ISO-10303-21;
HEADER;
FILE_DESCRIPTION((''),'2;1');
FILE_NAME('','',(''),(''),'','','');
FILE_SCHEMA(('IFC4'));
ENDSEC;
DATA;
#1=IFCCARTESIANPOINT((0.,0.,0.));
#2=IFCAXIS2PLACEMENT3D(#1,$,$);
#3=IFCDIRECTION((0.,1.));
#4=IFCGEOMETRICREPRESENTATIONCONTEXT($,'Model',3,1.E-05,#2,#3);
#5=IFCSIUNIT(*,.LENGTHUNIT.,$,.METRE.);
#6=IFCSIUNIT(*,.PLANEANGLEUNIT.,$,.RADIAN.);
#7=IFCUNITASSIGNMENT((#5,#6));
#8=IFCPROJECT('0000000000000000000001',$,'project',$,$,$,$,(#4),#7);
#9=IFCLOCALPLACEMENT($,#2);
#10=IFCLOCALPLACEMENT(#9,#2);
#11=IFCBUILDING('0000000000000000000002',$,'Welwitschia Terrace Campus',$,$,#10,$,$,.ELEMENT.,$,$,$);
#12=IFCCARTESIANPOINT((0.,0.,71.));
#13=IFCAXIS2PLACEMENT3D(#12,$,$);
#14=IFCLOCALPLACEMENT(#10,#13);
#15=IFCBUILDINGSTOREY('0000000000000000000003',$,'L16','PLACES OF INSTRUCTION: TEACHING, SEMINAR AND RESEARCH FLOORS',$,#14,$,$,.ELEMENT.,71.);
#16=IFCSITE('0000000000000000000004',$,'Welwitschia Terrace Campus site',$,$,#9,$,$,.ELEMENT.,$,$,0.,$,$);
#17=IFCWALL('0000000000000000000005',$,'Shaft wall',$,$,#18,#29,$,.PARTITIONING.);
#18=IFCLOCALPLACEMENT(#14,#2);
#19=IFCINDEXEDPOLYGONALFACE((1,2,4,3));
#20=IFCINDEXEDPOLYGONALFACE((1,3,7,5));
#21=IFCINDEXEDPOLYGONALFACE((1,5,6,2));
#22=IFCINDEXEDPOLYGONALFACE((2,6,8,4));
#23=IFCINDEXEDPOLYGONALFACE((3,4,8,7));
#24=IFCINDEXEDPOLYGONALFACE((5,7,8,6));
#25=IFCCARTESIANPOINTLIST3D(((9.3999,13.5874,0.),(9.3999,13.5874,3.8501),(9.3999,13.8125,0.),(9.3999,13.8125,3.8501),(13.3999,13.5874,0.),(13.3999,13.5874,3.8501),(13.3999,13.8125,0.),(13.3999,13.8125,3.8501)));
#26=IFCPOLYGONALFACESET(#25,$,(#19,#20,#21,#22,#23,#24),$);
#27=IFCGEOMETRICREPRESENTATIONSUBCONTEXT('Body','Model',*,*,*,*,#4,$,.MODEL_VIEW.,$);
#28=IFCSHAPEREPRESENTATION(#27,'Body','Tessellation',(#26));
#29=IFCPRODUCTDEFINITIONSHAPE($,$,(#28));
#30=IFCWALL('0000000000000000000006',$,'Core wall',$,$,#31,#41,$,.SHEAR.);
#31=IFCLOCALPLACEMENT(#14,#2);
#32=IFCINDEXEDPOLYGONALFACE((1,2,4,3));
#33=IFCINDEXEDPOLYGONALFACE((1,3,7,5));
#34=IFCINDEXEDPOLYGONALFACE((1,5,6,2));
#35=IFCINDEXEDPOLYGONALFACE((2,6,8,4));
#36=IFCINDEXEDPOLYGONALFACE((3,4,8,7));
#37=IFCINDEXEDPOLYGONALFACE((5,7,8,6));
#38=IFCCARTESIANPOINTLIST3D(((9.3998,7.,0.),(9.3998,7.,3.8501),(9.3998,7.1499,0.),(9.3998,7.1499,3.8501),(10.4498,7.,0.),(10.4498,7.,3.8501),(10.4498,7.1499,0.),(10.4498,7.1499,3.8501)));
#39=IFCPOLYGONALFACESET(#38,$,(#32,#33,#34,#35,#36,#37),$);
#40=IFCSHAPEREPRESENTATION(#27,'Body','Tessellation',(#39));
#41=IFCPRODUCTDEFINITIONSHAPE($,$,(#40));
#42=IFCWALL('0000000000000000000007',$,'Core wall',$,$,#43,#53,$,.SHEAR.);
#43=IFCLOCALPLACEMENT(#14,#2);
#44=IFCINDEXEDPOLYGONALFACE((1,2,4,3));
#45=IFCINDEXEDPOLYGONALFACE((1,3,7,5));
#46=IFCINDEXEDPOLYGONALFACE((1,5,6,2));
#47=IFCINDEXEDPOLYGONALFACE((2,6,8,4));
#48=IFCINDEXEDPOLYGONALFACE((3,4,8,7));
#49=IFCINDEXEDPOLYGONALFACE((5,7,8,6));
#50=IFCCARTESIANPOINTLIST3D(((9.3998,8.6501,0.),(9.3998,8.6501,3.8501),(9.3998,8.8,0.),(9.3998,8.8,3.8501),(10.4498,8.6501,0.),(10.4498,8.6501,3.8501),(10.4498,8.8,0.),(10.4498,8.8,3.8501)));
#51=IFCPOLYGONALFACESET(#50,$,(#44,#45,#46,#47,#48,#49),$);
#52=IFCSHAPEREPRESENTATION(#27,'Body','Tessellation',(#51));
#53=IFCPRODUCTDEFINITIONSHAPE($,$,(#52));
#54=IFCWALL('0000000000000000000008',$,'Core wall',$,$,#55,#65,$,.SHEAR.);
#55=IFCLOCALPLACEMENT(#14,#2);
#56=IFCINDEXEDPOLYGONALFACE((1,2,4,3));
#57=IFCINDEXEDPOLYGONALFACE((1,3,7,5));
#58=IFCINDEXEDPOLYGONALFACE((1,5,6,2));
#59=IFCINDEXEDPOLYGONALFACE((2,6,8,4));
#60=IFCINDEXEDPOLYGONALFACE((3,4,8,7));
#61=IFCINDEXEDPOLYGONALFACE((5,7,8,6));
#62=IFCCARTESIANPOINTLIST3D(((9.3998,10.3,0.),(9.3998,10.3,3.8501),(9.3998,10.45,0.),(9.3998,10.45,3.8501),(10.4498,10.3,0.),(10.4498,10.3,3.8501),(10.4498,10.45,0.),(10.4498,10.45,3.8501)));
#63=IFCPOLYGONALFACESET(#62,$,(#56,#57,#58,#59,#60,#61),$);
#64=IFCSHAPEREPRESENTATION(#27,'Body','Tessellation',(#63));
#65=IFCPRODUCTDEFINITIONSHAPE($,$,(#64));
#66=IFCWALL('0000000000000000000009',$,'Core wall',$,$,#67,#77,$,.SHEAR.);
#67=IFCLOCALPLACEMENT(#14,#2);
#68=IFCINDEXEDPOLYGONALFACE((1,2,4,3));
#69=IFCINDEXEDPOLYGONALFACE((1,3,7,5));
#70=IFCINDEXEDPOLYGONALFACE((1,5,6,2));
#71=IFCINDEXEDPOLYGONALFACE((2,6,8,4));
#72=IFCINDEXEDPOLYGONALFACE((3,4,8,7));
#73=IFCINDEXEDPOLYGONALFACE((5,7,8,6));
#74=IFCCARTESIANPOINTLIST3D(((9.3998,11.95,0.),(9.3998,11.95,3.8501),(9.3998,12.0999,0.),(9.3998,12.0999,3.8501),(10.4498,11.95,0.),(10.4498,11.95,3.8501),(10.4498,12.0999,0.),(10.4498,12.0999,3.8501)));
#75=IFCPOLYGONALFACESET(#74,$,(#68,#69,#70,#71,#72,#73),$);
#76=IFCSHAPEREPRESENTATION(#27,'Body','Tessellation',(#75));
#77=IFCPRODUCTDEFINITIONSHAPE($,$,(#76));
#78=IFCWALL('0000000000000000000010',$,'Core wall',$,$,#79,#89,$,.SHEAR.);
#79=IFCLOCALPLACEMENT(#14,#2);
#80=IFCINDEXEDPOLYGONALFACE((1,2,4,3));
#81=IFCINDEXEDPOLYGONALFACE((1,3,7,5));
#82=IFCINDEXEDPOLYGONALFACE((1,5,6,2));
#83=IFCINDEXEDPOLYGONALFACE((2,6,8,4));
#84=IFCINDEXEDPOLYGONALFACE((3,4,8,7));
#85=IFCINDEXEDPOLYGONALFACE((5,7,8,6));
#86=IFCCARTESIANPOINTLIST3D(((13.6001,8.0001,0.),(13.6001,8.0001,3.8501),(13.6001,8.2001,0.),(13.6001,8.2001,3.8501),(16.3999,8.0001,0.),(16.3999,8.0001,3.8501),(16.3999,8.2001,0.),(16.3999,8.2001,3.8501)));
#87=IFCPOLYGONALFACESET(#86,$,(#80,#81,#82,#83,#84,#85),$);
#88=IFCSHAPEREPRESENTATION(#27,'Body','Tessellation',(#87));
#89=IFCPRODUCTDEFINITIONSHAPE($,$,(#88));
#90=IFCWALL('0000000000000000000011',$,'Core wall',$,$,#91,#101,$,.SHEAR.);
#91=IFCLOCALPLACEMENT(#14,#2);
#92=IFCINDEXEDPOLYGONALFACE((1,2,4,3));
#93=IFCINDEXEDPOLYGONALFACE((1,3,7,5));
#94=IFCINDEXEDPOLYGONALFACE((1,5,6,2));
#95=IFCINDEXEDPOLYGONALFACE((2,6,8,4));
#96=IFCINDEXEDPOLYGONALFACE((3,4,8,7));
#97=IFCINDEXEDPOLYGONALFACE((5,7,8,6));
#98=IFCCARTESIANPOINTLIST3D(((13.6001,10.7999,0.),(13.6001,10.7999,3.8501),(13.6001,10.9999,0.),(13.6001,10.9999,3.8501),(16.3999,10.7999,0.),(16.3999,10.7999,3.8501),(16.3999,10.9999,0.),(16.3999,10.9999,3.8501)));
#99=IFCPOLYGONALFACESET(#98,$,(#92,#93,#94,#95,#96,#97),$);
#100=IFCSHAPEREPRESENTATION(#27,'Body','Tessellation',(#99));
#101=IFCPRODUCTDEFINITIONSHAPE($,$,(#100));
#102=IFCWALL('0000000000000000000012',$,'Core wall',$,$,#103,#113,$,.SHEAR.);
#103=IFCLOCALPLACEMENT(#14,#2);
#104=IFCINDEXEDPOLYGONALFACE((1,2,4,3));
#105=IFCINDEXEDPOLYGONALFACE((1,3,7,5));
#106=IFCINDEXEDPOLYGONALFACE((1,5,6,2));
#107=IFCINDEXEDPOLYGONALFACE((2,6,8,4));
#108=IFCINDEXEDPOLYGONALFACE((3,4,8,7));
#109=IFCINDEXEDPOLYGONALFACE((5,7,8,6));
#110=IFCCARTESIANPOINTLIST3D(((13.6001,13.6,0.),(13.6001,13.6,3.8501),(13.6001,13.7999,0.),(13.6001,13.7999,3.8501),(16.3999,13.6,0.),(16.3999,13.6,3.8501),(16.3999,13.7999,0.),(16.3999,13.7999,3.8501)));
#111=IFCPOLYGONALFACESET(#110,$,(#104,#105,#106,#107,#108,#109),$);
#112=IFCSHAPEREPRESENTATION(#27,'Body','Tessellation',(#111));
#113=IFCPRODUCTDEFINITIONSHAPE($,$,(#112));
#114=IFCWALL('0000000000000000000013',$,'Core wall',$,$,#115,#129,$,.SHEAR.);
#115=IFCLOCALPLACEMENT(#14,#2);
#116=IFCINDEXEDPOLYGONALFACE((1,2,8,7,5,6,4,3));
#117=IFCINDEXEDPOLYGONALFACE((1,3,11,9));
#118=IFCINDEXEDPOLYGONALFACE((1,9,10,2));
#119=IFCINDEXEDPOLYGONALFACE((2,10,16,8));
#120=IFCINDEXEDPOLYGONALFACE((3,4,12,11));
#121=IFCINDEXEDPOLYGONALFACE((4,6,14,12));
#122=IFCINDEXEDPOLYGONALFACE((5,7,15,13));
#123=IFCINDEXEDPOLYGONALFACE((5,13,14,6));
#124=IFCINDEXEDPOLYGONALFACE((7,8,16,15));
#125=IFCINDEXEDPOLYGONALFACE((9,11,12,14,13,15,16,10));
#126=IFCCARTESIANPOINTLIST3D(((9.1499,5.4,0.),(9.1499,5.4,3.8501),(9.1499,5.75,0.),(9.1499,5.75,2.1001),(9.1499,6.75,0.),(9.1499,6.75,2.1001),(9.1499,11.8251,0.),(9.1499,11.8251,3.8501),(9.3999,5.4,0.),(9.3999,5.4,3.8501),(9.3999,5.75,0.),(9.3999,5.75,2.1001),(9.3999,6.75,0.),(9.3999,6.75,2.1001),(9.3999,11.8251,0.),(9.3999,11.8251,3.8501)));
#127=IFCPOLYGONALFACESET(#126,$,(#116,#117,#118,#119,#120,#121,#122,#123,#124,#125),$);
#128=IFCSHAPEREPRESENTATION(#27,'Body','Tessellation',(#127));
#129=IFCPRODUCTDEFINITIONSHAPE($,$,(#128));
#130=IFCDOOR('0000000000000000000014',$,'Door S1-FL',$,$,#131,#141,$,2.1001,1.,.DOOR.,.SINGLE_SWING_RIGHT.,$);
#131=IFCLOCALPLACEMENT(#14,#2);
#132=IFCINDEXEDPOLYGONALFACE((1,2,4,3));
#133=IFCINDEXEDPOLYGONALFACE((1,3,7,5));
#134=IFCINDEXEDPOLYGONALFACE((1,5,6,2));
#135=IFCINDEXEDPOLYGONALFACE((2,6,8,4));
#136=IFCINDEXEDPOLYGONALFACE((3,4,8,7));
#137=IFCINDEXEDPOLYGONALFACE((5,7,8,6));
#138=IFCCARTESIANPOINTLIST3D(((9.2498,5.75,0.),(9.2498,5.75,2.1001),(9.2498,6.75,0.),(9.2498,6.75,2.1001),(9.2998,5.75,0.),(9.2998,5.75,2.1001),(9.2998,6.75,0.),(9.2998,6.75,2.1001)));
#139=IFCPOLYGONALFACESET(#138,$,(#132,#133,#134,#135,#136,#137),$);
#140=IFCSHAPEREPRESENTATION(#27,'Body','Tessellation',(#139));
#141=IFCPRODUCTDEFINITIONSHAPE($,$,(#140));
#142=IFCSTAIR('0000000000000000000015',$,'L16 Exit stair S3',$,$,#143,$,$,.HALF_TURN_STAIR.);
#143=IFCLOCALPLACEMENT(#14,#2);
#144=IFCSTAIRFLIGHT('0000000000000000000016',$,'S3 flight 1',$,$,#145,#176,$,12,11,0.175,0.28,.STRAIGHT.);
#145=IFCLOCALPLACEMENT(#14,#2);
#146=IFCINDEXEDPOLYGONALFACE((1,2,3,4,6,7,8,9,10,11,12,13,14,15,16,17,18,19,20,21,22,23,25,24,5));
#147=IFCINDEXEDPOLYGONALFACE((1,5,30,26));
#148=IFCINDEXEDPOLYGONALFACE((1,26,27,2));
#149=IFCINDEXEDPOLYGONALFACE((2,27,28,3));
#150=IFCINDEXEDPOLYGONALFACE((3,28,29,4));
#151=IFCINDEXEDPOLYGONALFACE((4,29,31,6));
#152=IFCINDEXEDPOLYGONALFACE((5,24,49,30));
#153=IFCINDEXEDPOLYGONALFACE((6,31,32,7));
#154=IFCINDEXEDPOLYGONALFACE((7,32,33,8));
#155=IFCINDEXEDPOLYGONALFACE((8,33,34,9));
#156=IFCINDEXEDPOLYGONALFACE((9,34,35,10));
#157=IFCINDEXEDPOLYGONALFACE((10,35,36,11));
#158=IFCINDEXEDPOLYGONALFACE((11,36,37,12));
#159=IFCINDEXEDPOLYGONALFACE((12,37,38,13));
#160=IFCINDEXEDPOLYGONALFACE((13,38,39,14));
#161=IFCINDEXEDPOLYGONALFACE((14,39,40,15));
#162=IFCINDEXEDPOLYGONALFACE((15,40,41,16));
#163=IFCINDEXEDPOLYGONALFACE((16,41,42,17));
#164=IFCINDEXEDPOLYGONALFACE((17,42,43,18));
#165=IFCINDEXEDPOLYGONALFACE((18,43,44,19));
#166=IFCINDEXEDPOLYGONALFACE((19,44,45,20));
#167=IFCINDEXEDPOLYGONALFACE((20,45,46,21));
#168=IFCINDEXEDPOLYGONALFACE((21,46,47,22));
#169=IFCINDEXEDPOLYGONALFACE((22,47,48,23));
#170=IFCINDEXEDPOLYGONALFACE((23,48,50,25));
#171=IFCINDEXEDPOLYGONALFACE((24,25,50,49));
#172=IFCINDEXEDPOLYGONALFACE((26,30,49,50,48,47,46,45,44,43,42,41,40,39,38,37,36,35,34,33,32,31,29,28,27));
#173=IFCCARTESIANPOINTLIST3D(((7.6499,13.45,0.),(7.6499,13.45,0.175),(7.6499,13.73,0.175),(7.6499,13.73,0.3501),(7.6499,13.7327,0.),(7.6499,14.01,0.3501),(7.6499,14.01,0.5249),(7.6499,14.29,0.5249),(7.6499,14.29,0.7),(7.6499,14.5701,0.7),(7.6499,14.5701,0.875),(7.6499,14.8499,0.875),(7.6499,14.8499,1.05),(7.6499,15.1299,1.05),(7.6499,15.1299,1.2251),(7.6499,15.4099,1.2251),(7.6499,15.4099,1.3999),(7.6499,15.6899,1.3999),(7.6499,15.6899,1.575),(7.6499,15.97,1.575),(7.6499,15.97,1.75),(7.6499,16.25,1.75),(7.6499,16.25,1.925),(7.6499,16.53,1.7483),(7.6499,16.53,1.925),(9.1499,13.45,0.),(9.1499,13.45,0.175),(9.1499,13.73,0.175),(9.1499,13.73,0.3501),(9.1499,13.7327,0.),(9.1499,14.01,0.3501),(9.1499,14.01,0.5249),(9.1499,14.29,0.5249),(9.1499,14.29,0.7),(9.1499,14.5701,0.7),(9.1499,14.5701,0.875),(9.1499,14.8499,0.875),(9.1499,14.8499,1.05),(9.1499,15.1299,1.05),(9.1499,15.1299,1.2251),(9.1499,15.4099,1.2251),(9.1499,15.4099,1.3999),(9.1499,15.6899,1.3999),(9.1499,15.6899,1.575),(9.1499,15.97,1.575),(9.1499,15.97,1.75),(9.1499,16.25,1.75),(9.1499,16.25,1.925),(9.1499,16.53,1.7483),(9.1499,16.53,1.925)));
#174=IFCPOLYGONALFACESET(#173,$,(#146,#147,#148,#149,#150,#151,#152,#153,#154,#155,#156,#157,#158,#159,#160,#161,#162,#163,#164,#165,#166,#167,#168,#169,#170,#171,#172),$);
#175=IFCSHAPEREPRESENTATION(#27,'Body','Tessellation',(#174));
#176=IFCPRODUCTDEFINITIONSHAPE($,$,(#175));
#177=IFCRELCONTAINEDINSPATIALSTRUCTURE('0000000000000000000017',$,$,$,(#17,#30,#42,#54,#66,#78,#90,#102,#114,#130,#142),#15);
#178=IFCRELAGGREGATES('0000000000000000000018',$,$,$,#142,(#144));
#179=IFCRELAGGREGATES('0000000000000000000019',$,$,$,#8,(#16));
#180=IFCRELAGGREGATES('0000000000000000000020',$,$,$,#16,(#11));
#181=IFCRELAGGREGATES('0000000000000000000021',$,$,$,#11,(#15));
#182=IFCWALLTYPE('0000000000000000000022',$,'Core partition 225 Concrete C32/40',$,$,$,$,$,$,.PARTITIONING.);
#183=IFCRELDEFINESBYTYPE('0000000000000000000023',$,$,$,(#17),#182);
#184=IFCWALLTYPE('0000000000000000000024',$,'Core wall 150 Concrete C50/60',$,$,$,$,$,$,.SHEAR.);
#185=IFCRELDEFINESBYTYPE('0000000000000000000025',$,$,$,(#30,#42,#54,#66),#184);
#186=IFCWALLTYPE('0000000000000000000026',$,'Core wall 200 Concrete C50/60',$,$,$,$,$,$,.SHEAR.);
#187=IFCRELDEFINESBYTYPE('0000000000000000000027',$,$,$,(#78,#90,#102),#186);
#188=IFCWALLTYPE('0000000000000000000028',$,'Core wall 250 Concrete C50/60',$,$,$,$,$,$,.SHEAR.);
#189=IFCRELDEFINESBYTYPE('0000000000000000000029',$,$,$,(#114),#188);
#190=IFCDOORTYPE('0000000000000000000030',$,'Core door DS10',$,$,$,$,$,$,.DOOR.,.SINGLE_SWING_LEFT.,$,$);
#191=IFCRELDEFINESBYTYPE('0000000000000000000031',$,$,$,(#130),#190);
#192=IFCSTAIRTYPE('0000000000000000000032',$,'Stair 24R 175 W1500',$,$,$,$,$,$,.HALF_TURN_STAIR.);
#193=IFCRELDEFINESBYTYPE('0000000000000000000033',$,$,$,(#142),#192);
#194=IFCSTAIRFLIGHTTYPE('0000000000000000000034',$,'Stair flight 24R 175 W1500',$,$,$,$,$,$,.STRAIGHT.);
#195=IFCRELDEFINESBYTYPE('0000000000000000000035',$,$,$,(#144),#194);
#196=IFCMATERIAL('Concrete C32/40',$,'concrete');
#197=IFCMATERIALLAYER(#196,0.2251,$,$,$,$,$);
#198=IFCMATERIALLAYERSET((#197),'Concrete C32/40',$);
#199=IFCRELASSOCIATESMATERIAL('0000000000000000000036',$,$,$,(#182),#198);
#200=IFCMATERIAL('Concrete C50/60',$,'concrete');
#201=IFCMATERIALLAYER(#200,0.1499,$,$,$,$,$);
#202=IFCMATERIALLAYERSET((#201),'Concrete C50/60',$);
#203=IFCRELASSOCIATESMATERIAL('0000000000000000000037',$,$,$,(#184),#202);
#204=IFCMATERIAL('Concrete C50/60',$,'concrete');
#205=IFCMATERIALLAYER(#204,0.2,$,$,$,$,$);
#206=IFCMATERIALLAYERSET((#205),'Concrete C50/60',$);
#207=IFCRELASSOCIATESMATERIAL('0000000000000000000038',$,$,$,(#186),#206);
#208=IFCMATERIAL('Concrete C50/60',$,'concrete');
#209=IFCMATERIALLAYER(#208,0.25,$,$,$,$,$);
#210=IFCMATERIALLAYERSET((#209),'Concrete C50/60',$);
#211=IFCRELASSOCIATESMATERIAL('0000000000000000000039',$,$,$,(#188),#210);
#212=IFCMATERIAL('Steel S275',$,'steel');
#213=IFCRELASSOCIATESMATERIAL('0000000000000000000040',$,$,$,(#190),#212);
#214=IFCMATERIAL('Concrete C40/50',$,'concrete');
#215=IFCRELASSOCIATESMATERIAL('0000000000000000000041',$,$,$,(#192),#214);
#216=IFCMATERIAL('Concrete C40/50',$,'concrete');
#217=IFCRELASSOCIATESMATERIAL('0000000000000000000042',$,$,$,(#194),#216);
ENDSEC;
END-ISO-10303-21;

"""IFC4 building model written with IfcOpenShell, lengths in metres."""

from ifc_helpers import new_model, si_unit, direction, frame, frame_2d, origin, place, context, subcontext, project, spatial, polyline, rectangle, outline, extrude, material, layer, layer_set, type_object, element, fill, aggregate, save


model = new_model("IFC4")

# Units and contexts
model_context = context("Model", 3, precision=1e-05, world=origin(), true_north=direction((0.0, 1.0)))
body_context = subcontext(model_context, "Body", "Model", "MODEL_VIEW")
ifc_project = project(units=[si_unit("LENGTHUNIT", "METRE"), si_unit("PLANEANGLEUNIT", "RADIAN")], contexts=[model_context])

# Site, building, storey
site_placement = place(None, origin())
site = spatial("IfcSite", under=ifc_project, at=site_placement, Name="Welwitschia Terrace Campus site", CompositionType="ELEMENT", RefElevation=0.0)
building_placement = place(site_placement, origin())
building = spatial("IfcBuilding", under=site, at=building_placement, Name="Welwitschia Terrace Campus", CompositionType="ELEMENT")
storey_placement = place(building_placement, frame((0.0, 0.0, 71.0)))
storey = spatial("IfcBuildingStorey", under=building, at=storey_placement, Name="L16", Description="PLACES OF INSTRUCTION: TEACHING, SEMINAR AND RESEARCH FLOORS", CompositionType="ELEMENT", Elevation=71.0)

# Walls
ifc_material_1 = material(Name="Concrete C32/40", Category="concrete")
ifc_layer_1 = layer(ifc_material_1, 0.2251)
ifc_layer_set_1 = layer_set([ifc_layer_1], Name="Concrete C32/40")
wall_type_1 = type_object("IfcWallType", Name="Core partition 225 Concrete C32/40", PredefinedType="PARTITIONING", material=ifc_layer_set_1)
wall_1_placement = place(storey_placement, frame((9.3999, 13.7, 0.0), z_axis=(0.0, 0.0, 1.0), x_axis=(1.0, 0.0, 0.0)))
element("IfcWall", 1, at=wall_1_placement, inside=storey, type_object=wall_type_1, Name="Shaft wall", PredefinedType="PARTITIONING", context=body_context, shape_type="SweptSolid", body=[
    extrude(rectangle(XDim=4.0, YDim=0.2251, at=frame_2d((2.0, 0.0))), origin(), (0.0, 0.0, 1.0), 3.8501),
])
ifc_material_2 = material(Name="Concrete C50/60", Category="concrete")
ifc_layer_2 = layer(ifc_material_2, 0.1499)
ifc_layer_set_2 = layer_set([ifc_layer_2], Name="Concrete C50/60")
wall_type_2 = type_object("IfcWallType", Name="Core wall 150 Concrete C50/60", PredefinedType="SHEAR", material=ifc_layer_set_2)
for number, where, z_axis, x_axis, name in (
    (2, (9.3999, 7.075, 0.0), (0.0, 0.0, 1.0), (1.0, 0.0, 0.0), "Core wall"),
    (3, (9.3999, 8.7251, 0.0), (0.0, 0.0, 1.0), (1.0, 0.0, 0.0), "Core wall"),
    (4, (9.3999, 10.375, 0.0), (0.0, 0.0, 1.0), (1.0, 0.0, 0.0), "Core wall"),
    (5, (9.3999, 12.0249, 0.0), (0.0, 0.0, 1.0), (1.0, 0.0, 0.0), "Core wall"),
):
    element("IfcWall", number, at=place(storey_placement, frame(where, z_axis=z_axis, x_axis=x_axis)), inside=storey, type_object=wall_type_2, Name=name, PredefinedType="SHEAR", context=body_context, shape_type="SweptSolid", body=[
        extrude(rectangle(XDim=1.05, YDim=0.1499, at=frame_2d((0.5249, 0.0))), origin(), (0.0, 0.0, 1.0), 3.8501),
    ])
ifc_material_3 = material(Name="Concrete C50/60", Category="concrete")
ifc_layer_3 = layer(ifc_material_3, 0.2)
ifc_layer_set_3 = layer_set([ifc_layer_3], Name="Concrete C50/60")
wall_type_3 = type_object("IfcWallType", Name="Core wall 200 Concrete C50/60", PredefinedType="SHEAR", material=ifc_layer_set_3)
for number, where, z_axis, x_axis, name in (
    (6, (13.6001, 8.1001, 0.0), (0.0, 0.0, 1.0), (1.0, 0.0, 0.0), "Core wall"),
    (7, (13.6001, 10.8999, 0.0), (0.0, 0.0, 1.0), (1.0, 0.0, 0.0), "Core wall"),
    (8, (13.6001, 13.7, 0.0), (0.0, 0.0, 1.0), (1.0, 0.0, 0.0), "Core wall"),
):
    element("IfcWall", number, at=place(storey_placement, frame(where, z_axis=z_axis, x_axis=x_axis)), inside=storey, type_object=wall_type_3, Name=name, PredefinedType="SHEAR", context=body_context, shape_type="SweptSolid", body=[
        extrude(rectangle(XDim=2.7998, YDim=0.2, at=frame_2d((1.3999, 0.0))), origin(), (0.0, 0.0, 1.0), 3.8501),
    ])

# Wall, opening, door
ifc_material_4 = material(Name="Concrete C50/60", Category="concrete")
ifc_layer_4 = layer(ifc_material_4, 0.25)
ifc_layer_set_4 = layer_set([ifc_layer_4], Name="Concrete C50/60")
wall_type_4 = type_object("IfcWallType", Name="Core wall 250 Concrete C50/60", PredefinedType="SHEAR", material=ifc_layer_set_4)
wall_2_placement = place(storey_placement, frame((9.2749, 11.825, 0.0), z_axis=(0.0, 0.0, 1.0), x_axis=(0.0, -1.0, 0.0)))
wall_2 = element("IfcWall", 9, at=wall_2_placement, inside=storey, type_object=wall_type_4, Name="Core wall", PredefinedType="SHEAR", context=body_context, shape_type="SweptSolid", body=[
    extrude(rectangle(XDim=6.425, YDim=0.25, at=frame_2d((3.2124, 0.0))), origin(), (0.0, 0.0, 1.0), 3.8501),
])
opening_placement = place(wall_2_placement, frame((5.075, 0.0, 0.0)))
opening = element("IfcOpeningElement", 10, at=opening_placement, cuts=wall_2, PredefinedType="OPENING", context=body_context, shape_type="SweptSolid", body=[
    extrude(rectangle(XDim=1.0, YDim=2.1001, at=frame_2d((0.5, 1.05))), frame((0.0, 0.135, 0.0), z_axis=(0.0, -1.0, 0.0), x_axis=(1.0, 0.0, 0.0)), (0.0, 0.0, 1.0), 0.27),
])
ifc_material_5 = material(Name="Steel S275", Category="steel")
door_type = type_object("IfcDoorType", Name="Core door DS10", OperationType="SINGLE_SWING_LEFT", PredefinedType="DOOR", material=ifc_material_5)
door_placement = place(opening_placement, origin())
door = element("IfcDoor", 11, at=door_placement, inside=storey, type_object=door_type, Name="Door S1-FL", OperationType="SINGLE_SWING_RIGHT", OverallHeight=2.1001, OverallWidth=1.0, PredefinedType="DOOR", context=body_context, shape_type="SweptSolid", body=[
    extrude(rectangle(XDim=1.0, YDim=2.1001, at=frame_2d((0.5, 1.05))), frame((0.0, 0.0249, 0.0), z_axis=(0.0, -1.0, 0.0), x_axis=(1.0, 0.0, 0.0)), (0.0, 0.0, 1.0), 0.05),
])
fill(opening, door)

# Stair, stair flight
ifc_material_6 = material(Name="Concrete C40/50", Category="concrete")
stair_type = type_object("IfcStairType", Name="Stair 24R 175 W1500", PredefinedType="HALF_TURN_STAIR", material=ifc_material_6)
stair_placement = place(storey_placement, origin())
stair = element("IfcStair", 12, at=stair_placement, inside=storey, type_object=stair_type, Name="L16 Exit stair S3", PredefinedType="HALF_TURN_STAIR")
ifc_material_7 = material(Name="Concrete C40/50", Category="concrete")
stair_flight_type = type_object("IfcStairFlightType", Name="Stair flight 24R 175 W1500", PredefinedType="STRAIGHT", material=ifc_material_7)
stair_flight_placement = place(storey_placement, frame((8.3999, 13.45, 0.0), z_axis=(0.0, 0.0, 1.0), x_axis=(0.0, 1.0, 0.0)))
stair_flight = element("IfcStairFlight", 13, at=stair_flight_placement, type_object=stair_flight_type, Name="S3 flight 1", NumberOfRisers=12, NumberOfTreads=11, PredefinedType="STRAIGHT", RiserHeight=0.175, TreadLength=0.28, context=body_context, shape_type="SweptSolid", body=[
    extrude(outline(polyline([(0.0, 0.0), (0.0, 0.175), (0.28, 0.175), (0.28, 0.3501), (0.5601, 0.3501), (0.5601, 0.5249), (0.8401, 0.5249), (0.8401, 0.7), (1.1201, 0.7), (1.1201, 0.875), (1.3999, 0.875), (1.3999, 1.05), (1.6799, 1.05), (1.6799, 1.2251), (1.96, 1.2251), (1.96, 1.3999), (2.24, 1.3999), (2.24, 1.575), (2.52, 1.575), (2.52, 1.75), (2.8, 1.75), (2.8, 1.925), (3.0801, 1.925), (3.0801, 2.1001), (3.0801, 1.7483), (0.2827, 0.0), (0.0, 0.0)])), frame((0.0, 0.75, 0.0), z_axis=(0.0, -1.0, 0.0), x_axis=(1.0, 0.0, 0.0)), (0.0, 0.0, 1.0), 1.5),
])
aggregate(stair, [stair_flight])

save(model, "model.ifc")
